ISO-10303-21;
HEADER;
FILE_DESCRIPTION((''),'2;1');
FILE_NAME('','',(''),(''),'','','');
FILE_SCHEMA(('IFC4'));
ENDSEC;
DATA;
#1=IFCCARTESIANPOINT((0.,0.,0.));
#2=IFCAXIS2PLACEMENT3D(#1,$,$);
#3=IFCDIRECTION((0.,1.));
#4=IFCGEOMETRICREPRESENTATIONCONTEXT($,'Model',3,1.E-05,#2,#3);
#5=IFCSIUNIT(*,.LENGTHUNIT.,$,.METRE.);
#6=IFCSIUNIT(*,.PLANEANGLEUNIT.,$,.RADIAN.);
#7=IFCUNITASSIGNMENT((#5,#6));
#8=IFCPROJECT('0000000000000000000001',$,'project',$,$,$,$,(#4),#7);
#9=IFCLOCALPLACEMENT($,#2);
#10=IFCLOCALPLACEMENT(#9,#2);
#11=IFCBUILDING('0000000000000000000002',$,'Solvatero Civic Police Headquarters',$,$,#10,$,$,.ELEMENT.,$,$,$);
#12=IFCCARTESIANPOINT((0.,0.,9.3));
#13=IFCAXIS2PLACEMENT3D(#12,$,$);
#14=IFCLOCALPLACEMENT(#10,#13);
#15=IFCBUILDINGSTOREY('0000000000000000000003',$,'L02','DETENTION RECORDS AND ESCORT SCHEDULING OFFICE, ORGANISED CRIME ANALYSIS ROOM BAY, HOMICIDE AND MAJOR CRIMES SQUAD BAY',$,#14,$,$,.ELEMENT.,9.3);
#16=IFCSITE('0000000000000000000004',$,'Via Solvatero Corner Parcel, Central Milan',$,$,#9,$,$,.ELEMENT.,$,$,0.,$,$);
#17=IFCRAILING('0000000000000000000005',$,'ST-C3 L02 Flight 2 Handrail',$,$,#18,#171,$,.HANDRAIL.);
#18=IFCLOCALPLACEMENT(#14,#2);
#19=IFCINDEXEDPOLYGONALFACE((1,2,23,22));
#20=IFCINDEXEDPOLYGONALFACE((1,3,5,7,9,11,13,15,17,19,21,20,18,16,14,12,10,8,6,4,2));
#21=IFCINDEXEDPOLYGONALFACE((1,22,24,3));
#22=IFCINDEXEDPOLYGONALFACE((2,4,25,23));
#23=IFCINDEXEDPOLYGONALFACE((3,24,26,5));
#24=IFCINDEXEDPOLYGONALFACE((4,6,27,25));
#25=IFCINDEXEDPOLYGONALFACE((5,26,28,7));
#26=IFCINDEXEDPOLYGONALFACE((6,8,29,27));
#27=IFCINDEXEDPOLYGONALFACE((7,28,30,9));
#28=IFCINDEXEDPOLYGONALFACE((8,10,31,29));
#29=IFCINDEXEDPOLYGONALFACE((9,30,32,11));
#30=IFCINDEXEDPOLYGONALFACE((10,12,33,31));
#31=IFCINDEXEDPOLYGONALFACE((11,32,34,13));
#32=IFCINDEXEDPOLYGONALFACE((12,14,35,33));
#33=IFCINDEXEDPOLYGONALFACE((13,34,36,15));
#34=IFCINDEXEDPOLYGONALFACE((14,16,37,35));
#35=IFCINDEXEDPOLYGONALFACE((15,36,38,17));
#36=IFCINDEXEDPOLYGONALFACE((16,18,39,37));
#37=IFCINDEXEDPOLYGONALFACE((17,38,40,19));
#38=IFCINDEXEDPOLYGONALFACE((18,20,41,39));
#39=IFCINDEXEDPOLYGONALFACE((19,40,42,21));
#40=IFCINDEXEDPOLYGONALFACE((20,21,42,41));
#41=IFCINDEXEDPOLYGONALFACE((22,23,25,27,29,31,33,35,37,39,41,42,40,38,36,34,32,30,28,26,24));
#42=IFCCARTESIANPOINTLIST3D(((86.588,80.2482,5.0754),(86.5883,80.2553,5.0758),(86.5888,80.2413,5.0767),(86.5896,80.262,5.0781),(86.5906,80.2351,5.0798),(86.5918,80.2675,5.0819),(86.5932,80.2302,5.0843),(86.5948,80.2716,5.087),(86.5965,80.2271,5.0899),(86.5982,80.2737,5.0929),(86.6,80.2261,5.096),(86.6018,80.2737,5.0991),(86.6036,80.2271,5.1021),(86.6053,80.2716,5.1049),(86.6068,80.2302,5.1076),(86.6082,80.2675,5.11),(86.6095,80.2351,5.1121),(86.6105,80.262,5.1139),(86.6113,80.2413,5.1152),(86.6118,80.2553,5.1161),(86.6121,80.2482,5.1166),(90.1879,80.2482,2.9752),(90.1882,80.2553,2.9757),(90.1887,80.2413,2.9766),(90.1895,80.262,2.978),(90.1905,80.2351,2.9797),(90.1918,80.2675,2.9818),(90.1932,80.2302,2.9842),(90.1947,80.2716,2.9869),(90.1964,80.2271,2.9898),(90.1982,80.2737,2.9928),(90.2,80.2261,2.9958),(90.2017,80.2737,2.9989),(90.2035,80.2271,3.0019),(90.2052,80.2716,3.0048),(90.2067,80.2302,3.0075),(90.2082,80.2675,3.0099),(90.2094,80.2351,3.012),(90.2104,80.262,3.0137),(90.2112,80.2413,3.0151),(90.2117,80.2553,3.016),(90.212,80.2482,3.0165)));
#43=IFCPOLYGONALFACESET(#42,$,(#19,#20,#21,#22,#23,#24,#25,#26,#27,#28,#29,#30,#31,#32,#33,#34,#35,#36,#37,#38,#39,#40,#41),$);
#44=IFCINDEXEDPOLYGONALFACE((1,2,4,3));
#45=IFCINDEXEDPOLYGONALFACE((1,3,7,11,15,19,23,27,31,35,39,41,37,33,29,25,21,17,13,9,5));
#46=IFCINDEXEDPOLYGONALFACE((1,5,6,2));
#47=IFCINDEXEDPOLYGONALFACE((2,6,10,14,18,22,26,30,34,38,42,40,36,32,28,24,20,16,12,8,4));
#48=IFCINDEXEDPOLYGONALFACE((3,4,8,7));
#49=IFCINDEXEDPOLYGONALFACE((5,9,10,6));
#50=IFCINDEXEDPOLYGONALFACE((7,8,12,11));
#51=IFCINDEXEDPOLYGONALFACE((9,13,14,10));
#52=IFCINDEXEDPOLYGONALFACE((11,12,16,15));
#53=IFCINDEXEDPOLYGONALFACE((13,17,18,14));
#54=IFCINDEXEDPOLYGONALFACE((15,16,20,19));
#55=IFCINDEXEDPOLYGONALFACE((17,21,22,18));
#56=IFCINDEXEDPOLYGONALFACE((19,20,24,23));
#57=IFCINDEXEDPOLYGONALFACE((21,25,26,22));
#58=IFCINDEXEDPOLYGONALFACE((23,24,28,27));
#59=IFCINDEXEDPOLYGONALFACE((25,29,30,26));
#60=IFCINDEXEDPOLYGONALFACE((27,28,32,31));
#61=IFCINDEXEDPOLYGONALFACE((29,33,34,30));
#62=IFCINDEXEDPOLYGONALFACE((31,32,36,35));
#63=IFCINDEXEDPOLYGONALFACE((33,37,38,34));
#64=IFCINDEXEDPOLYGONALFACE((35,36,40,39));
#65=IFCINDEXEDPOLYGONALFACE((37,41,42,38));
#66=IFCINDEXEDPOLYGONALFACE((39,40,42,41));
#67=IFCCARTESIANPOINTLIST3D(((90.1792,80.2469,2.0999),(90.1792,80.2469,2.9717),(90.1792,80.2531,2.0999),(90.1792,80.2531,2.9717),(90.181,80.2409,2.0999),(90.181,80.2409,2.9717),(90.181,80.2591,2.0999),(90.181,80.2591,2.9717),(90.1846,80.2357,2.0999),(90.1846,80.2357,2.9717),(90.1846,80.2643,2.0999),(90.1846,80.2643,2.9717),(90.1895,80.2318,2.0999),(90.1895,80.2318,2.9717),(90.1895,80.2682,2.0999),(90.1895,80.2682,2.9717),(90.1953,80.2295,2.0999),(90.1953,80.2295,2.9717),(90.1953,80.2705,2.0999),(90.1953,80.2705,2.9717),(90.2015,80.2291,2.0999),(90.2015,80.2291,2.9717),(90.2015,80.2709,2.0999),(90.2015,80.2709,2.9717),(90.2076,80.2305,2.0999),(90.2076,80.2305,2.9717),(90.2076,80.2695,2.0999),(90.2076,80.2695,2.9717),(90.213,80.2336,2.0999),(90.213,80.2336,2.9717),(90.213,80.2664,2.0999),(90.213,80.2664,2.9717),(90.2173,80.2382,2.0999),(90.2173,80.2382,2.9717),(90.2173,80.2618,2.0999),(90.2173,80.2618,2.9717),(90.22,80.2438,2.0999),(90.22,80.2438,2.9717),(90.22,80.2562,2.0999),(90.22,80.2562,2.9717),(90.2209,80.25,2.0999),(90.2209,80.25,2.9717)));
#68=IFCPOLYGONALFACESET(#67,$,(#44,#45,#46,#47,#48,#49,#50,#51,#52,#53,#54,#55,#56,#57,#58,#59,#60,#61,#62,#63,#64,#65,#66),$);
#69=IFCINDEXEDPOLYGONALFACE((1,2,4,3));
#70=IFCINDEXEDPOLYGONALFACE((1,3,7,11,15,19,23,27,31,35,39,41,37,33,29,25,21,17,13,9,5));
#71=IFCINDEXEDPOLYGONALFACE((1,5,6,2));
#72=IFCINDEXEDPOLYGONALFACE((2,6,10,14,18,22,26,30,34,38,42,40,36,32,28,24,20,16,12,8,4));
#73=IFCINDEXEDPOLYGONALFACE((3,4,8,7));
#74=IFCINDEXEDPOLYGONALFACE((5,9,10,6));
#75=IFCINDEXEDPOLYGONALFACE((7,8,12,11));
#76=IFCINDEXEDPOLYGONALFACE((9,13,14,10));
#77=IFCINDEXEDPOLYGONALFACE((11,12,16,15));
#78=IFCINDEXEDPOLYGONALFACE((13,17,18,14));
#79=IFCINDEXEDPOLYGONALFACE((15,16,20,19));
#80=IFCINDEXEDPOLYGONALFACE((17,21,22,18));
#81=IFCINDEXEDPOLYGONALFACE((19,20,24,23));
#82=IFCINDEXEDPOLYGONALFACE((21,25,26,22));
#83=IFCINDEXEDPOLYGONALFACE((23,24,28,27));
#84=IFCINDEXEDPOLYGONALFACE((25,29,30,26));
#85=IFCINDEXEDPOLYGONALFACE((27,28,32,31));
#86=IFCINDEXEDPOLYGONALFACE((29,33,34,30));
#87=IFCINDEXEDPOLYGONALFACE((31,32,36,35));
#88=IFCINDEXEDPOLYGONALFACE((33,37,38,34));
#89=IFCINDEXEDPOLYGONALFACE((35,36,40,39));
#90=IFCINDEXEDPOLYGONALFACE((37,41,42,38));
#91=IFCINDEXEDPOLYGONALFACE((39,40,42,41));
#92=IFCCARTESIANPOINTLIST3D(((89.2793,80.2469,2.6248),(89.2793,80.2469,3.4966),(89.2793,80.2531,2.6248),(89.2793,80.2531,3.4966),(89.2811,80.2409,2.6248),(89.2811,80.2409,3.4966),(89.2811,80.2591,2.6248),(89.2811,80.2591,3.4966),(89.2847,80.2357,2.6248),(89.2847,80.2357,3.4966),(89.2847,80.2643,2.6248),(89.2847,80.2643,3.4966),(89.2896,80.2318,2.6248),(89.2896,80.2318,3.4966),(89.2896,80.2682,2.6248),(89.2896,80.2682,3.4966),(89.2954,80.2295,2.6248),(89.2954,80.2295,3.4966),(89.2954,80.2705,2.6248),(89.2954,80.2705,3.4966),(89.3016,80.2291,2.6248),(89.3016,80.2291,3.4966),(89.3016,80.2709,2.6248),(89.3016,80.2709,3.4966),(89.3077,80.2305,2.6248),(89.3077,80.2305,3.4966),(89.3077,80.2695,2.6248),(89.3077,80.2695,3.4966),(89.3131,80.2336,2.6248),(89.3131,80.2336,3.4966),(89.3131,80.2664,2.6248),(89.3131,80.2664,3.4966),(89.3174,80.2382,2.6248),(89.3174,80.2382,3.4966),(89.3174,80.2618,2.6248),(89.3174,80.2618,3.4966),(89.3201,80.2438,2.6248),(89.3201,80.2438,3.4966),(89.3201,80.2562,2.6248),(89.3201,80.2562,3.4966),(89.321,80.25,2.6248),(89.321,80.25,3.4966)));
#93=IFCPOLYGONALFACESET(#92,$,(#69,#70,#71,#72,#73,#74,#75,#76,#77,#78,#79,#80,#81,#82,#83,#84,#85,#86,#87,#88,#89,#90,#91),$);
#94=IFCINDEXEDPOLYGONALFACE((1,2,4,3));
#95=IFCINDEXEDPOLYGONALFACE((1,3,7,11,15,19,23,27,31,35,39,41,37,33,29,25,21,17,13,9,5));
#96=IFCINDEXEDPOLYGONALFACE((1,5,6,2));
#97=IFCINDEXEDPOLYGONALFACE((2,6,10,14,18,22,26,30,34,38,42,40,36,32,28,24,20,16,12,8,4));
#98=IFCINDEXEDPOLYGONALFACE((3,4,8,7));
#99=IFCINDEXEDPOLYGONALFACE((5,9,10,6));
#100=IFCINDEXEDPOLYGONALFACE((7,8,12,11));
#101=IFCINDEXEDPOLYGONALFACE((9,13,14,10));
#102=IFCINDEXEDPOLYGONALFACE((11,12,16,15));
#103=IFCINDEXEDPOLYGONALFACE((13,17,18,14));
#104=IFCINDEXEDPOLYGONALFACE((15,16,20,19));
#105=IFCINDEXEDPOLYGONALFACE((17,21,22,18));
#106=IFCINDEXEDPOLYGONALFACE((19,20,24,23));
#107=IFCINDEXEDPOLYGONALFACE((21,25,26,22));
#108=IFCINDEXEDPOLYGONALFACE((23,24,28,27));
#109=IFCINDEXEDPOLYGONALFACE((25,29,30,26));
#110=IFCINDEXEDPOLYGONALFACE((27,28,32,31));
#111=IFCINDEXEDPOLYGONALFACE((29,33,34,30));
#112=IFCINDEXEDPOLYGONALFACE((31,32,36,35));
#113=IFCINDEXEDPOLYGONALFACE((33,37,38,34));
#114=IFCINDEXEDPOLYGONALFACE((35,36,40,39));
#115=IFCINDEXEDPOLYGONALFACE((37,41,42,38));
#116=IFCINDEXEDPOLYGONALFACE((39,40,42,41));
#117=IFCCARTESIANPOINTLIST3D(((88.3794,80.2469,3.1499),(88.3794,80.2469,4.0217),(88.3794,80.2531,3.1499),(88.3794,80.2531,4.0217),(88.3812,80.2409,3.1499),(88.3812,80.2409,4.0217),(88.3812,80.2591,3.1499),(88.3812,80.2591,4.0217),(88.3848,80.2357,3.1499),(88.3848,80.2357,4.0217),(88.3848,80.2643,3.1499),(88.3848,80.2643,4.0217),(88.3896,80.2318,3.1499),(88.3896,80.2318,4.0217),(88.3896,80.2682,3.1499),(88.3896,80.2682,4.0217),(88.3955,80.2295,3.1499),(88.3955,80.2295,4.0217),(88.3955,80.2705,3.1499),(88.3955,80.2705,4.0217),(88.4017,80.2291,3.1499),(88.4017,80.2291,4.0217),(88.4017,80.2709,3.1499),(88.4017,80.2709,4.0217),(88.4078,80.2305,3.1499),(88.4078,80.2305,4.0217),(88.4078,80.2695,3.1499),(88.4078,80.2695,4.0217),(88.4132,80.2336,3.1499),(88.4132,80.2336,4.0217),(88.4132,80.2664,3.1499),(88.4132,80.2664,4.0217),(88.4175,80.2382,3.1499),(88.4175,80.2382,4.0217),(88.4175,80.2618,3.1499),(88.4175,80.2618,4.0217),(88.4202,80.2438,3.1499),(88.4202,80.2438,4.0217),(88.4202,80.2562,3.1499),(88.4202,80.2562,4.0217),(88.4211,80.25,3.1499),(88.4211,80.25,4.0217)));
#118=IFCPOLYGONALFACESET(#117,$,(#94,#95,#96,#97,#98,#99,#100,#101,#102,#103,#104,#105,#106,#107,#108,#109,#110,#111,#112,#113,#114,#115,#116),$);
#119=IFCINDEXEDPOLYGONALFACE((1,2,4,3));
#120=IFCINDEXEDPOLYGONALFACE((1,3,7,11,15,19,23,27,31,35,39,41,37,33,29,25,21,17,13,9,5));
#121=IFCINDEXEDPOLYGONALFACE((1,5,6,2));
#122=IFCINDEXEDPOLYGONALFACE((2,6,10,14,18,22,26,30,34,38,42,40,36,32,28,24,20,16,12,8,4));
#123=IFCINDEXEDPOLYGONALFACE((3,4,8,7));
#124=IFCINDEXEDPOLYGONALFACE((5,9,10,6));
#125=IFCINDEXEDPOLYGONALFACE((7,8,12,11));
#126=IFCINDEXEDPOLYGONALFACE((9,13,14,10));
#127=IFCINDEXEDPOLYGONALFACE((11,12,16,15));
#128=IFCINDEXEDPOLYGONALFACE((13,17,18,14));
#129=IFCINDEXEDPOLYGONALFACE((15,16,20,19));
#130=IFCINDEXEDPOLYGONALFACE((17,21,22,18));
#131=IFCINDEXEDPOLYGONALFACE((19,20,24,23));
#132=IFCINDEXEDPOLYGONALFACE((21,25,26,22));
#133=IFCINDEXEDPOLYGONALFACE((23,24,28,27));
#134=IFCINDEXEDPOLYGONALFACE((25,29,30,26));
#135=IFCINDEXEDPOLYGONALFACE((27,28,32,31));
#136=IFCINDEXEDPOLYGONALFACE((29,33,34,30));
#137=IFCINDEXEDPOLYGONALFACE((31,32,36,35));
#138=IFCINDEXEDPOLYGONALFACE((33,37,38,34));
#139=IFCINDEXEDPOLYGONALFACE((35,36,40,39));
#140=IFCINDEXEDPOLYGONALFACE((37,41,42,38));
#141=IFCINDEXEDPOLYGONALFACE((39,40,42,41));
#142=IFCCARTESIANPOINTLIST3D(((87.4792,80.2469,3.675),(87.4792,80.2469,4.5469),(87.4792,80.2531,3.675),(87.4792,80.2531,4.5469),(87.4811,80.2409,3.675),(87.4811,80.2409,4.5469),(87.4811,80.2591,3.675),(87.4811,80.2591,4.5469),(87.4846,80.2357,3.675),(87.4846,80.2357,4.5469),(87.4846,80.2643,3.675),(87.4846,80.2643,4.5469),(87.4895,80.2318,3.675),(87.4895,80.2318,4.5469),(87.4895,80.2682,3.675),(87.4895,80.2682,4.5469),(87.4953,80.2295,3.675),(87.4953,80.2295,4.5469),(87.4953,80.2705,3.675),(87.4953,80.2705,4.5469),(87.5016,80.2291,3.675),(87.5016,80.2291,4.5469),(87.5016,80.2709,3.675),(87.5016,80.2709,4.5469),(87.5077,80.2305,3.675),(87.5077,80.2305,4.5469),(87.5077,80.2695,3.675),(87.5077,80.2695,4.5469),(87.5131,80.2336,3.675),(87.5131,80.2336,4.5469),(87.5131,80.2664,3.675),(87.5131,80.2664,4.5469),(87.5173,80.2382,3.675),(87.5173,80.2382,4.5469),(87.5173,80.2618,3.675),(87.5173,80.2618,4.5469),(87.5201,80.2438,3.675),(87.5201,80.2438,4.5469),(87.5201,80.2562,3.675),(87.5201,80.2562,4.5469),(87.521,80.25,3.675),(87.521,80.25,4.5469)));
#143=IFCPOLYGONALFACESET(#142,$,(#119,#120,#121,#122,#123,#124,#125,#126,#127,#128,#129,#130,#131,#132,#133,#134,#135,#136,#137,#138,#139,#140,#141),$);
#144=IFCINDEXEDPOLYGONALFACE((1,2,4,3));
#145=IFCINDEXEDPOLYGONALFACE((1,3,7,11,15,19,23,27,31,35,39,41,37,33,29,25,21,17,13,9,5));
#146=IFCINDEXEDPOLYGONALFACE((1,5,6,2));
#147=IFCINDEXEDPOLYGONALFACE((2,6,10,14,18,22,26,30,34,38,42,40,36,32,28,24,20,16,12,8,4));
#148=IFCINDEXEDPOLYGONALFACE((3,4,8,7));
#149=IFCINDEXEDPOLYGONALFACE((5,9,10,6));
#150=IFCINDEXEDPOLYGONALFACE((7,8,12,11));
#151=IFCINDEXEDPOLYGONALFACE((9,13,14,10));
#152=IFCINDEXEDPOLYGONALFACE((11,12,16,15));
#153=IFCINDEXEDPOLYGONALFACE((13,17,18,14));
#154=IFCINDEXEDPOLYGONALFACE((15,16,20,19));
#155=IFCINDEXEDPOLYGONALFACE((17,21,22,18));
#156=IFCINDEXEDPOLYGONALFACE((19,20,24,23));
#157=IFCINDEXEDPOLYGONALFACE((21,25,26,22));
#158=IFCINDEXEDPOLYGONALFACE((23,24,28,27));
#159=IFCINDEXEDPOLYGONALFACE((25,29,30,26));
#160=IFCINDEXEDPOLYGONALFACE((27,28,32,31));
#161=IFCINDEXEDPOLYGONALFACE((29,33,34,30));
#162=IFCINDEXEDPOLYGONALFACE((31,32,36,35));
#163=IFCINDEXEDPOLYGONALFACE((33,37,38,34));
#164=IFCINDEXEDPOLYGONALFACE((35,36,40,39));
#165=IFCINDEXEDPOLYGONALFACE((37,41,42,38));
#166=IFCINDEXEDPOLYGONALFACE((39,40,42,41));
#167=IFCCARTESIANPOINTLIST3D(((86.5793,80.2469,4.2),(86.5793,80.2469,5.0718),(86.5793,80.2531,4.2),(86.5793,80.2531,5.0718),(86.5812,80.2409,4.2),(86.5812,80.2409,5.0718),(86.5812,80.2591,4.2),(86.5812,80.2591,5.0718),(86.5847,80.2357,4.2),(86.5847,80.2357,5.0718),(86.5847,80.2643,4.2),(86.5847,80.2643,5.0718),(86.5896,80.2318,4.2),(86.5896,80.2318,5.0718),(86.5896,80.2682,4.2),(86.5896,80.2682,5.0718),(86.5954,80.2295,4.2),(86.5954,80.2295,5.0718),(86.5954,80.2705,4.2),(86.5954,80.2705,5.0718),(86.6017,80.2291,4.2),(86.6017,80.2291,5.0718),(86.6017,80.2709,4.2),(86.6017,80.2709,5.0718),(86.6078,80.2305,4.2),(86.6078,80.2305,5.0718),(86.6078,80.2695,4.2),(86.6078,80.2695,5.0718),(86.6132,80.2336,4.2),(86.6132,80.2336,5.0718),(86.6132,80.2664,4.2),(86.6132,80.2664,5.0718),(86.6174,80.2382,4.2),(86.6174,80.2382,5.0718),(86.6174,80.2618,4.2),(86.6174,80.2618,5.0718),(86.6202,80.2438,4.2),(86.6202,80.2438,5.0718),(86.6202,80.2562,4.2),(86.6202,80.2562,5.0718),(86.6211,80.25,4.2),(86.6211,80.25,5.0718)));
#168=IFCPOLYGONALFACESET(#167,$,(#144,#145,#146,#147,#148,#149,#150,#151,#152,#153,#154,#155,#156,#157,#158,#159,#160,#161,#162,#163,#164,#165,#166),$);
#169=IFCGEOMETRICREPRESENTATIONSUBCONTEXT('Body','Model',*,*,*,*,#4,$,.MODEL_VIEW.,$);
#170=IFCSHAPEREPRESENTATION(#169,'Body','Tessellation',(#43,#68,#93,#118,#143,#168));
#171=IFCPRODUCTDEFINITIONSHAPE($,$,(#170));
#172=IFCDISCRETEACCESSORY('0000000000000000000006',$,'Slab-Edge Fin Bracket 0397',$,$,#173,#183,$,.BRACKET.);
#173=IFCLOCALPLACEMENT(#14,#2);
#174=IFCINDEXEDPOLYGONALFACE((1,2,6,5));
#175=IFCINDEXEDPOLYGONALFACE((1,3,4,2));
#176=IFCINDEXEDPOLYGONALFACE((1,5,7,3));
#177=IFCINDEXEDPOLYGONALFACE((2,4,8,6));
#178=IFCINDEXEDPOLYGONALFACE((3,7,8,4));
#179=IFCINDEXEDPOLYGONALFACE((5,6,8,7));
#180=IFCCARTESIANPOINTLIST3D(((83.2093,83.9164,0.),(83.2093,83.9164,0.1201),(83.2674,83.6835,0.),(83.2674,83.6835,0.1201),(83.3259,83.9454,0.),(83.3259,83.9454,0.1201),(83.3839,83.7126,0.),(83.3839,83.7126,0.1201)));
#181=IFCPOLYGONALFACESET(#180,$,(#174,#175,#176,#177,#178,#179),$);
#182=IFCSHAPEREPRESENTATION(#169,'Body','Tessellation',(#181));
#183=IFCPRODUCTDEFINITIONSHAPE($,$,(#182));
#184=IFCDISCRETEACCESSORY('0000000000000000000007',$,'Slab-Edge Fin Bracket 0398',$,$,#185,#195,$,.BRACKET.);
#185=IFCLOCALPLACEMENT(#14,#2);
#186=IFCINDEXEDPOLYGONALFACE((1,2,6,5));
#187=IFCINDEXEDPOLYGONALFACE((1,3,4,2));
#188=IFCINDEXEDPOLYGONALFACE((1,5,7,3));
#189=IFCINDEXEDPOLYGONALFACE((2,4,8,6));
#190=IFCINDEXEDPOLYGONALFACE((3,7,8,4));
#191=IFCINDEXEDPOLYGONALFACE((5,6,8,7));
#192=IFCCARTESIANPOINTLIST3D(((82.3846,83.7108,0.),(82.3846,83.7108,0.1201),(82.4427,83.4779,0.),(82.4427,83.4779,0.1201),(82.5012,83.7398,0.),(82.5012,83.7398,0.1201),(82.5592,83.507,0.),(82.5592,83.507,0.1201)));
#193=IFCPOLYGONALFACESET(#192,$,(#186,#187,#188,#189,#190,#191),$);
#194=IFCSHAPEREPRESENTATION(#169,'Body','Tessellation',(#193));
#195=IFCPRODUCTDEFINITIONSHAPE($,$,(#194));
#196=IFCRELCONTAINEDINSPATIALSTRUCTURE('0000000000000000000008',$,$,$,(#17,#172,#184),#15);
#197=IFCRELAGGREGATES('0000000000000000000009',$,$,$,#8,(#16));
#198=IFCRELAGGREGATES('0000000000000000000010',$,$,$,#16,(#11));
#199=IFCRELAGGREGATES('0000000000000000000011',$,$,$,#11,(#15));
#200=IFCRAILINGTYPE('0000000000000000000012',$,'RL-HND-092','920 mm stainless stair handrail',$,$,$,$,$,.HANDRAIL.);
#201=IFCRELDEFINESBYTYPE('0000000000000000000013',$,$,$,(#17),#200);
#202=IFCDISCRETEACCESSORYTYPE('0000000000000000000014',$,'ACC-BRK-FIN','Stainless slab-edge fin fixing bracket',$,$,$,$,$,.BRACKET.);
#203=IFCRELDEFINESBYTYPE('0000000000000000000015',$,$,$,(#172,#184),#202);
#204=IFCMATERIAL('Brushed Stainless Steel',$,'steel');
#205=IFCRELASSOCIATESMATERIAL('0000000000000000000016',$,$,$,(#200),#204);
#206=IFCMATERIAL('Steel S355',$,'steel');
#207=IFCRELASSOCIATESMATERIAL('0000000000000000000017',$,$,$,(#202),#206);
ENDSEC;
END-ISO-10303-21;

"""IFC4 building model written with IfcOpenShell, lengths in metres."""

from ifc_helpers import new_model, si_unit, direction, frame, origin, origin_2d, place, context, subcontext, project, spatial, rectangle, circle, extrude, material, type_object, element, save


model = new_model("IFC4")

# Units and contexts
model_context = context("Model", 3, precision=1e-05, world=origin(), true_north=direction((0.0, 1.0)))
body_context = subcontext(model_context, "Body", "Model", "MODEL_VIEW")
ifc_project = project(units=[si_unit("LENGTHUNIT", "METRE"), si_unit("PLANEANGLEUNIT", "RADIAN")], contexts=[model_context])

# Site, building, storey
site_placement = place(None, origin())
site = spatial("IfcSite", under=ifc_project, at=site_placement, Name="Via Solvatero Corner Parcel, Central Milan", CompositionType="ELEMENT", RefElevation=0.0)
building_placement = place(site_placement, origin())
building = spatial("IfcBuilding", under=site, at=building_placement, Name="Solvatero Civic Police Headquarters", CompositionType="ELEMENT")
storey_placement = place(building_placement, frame((0.0, 0.0, 9.3)))
storey = spatial("IfcBuildingStorey", under=building, at=storey_placement, Name="L02", Description="DETENTION RECORDS AND ESCORT SCHEDULING OFFICE, ORGANISED CRIME ANALYSIS ROOM BAY, HOMICIDE AND MAJOR CRIMES SQUAD BAY", CompositionType="ELEMENT", Elevation=9.3)

# Shared definitions
ifc_material_1 = material(Name="Steel S355", Category="steel")

# Railing
ifc_material_2 = material(Name="Brushed Stainless Steel", Category="steel")
railing_type_1 = type_object("IfcRailingType", Name="RL-HND-092", Description="920 mm stainless stair handrail", PredefinedType="HANDRAIL", material=ifc_material_2)
railing_1_placement = place(storey_placement, frame((90.2, 80.25, 2.0999)))
element("IfcRailing", 1, at=railing_1_placement, inside=storey, type_object=railing_type_1, Name="ST-C3 L02 Flight 2 Handrail", PredefinedType="HANDRAIL", context=body_context, shape_type="SweptSolid", body=[
    extrude(circle(Radius=0.0239, at=origin_2d()), frame((0.0, 0.0, 0.896), z_axis=(-0.86376, 0.0, 0.503904), x_axis=(0.0, -1.0, 0.0)), (0.0, 0.0, 1.0), 4.1677),
    extrude(circle(Radius=0.021, at=origin_2d()), origin(), (0.0, 0.0, 1.0), 0.8718),
    extrude(circle(Radius=0.021, at=origin_2d()), frame((-0.8999, 0.0, 0.5249)), (0.0, 0.0, 1.0), 0.8718),
    extrude(circle(Radius=0.021, at=origin_2d()), frame((-1.7998, 0.0, 1.05)), (0.0, 0.0, 1.0), 0.8718),
    extrude(circle(Radius=0.021, at=origin_2d()), frame((-2.7, 0.0, 1.5752)), (0.0, 0.0, 1.0), 0.8718),
    extrude(circle(Radius=0.021, at=origin_2d()), frame((-3.5999, 0.0, 2.1001)), (0.0, 0.0, 1.0), 0.8718),
])

# Discrete accessories
discrete_accessory_type = type_object("IfcDiscreteAccessoryType", Name="ACC-BRK-FIN", Description="Stainless slab-edge fin fixing bracket", PredefinedType="BRACKET", material=ifc_material_1)
for number, where, z_axis, x_axis, name in (
    (2, (83.2966, 83.8145, 0.0), (0.0, 0.0, 1.0), (-0.970296, -0.241922, 0.0), "Slab-Edge Fin Bracket 0397"),
    (3, (82.4719, 83.6089, 0.0), (0.0, 0.0, 1.0), (-0.970296, -0.241922, 0.0), "Slab-Edge Fin Bracket 0398"),
):
    element("IfcDiscreteAccessory", number, at=place(storey_placement, frame(where, z_axis=z_axis, x_axis=x_axis)), inside=storey, type_object=discrete_accessory_type, Name=name, PredefinedType="BRACKET", context=body_context, shape_type="SweptSolid", body=[
        extrude(rectangle(XDim=0.1201, YDim=0.24, at=origin_2d()), origin(), (0.0, 0.0, 1.0), 0.1201),
    ])

save(model, "model.ifc")
